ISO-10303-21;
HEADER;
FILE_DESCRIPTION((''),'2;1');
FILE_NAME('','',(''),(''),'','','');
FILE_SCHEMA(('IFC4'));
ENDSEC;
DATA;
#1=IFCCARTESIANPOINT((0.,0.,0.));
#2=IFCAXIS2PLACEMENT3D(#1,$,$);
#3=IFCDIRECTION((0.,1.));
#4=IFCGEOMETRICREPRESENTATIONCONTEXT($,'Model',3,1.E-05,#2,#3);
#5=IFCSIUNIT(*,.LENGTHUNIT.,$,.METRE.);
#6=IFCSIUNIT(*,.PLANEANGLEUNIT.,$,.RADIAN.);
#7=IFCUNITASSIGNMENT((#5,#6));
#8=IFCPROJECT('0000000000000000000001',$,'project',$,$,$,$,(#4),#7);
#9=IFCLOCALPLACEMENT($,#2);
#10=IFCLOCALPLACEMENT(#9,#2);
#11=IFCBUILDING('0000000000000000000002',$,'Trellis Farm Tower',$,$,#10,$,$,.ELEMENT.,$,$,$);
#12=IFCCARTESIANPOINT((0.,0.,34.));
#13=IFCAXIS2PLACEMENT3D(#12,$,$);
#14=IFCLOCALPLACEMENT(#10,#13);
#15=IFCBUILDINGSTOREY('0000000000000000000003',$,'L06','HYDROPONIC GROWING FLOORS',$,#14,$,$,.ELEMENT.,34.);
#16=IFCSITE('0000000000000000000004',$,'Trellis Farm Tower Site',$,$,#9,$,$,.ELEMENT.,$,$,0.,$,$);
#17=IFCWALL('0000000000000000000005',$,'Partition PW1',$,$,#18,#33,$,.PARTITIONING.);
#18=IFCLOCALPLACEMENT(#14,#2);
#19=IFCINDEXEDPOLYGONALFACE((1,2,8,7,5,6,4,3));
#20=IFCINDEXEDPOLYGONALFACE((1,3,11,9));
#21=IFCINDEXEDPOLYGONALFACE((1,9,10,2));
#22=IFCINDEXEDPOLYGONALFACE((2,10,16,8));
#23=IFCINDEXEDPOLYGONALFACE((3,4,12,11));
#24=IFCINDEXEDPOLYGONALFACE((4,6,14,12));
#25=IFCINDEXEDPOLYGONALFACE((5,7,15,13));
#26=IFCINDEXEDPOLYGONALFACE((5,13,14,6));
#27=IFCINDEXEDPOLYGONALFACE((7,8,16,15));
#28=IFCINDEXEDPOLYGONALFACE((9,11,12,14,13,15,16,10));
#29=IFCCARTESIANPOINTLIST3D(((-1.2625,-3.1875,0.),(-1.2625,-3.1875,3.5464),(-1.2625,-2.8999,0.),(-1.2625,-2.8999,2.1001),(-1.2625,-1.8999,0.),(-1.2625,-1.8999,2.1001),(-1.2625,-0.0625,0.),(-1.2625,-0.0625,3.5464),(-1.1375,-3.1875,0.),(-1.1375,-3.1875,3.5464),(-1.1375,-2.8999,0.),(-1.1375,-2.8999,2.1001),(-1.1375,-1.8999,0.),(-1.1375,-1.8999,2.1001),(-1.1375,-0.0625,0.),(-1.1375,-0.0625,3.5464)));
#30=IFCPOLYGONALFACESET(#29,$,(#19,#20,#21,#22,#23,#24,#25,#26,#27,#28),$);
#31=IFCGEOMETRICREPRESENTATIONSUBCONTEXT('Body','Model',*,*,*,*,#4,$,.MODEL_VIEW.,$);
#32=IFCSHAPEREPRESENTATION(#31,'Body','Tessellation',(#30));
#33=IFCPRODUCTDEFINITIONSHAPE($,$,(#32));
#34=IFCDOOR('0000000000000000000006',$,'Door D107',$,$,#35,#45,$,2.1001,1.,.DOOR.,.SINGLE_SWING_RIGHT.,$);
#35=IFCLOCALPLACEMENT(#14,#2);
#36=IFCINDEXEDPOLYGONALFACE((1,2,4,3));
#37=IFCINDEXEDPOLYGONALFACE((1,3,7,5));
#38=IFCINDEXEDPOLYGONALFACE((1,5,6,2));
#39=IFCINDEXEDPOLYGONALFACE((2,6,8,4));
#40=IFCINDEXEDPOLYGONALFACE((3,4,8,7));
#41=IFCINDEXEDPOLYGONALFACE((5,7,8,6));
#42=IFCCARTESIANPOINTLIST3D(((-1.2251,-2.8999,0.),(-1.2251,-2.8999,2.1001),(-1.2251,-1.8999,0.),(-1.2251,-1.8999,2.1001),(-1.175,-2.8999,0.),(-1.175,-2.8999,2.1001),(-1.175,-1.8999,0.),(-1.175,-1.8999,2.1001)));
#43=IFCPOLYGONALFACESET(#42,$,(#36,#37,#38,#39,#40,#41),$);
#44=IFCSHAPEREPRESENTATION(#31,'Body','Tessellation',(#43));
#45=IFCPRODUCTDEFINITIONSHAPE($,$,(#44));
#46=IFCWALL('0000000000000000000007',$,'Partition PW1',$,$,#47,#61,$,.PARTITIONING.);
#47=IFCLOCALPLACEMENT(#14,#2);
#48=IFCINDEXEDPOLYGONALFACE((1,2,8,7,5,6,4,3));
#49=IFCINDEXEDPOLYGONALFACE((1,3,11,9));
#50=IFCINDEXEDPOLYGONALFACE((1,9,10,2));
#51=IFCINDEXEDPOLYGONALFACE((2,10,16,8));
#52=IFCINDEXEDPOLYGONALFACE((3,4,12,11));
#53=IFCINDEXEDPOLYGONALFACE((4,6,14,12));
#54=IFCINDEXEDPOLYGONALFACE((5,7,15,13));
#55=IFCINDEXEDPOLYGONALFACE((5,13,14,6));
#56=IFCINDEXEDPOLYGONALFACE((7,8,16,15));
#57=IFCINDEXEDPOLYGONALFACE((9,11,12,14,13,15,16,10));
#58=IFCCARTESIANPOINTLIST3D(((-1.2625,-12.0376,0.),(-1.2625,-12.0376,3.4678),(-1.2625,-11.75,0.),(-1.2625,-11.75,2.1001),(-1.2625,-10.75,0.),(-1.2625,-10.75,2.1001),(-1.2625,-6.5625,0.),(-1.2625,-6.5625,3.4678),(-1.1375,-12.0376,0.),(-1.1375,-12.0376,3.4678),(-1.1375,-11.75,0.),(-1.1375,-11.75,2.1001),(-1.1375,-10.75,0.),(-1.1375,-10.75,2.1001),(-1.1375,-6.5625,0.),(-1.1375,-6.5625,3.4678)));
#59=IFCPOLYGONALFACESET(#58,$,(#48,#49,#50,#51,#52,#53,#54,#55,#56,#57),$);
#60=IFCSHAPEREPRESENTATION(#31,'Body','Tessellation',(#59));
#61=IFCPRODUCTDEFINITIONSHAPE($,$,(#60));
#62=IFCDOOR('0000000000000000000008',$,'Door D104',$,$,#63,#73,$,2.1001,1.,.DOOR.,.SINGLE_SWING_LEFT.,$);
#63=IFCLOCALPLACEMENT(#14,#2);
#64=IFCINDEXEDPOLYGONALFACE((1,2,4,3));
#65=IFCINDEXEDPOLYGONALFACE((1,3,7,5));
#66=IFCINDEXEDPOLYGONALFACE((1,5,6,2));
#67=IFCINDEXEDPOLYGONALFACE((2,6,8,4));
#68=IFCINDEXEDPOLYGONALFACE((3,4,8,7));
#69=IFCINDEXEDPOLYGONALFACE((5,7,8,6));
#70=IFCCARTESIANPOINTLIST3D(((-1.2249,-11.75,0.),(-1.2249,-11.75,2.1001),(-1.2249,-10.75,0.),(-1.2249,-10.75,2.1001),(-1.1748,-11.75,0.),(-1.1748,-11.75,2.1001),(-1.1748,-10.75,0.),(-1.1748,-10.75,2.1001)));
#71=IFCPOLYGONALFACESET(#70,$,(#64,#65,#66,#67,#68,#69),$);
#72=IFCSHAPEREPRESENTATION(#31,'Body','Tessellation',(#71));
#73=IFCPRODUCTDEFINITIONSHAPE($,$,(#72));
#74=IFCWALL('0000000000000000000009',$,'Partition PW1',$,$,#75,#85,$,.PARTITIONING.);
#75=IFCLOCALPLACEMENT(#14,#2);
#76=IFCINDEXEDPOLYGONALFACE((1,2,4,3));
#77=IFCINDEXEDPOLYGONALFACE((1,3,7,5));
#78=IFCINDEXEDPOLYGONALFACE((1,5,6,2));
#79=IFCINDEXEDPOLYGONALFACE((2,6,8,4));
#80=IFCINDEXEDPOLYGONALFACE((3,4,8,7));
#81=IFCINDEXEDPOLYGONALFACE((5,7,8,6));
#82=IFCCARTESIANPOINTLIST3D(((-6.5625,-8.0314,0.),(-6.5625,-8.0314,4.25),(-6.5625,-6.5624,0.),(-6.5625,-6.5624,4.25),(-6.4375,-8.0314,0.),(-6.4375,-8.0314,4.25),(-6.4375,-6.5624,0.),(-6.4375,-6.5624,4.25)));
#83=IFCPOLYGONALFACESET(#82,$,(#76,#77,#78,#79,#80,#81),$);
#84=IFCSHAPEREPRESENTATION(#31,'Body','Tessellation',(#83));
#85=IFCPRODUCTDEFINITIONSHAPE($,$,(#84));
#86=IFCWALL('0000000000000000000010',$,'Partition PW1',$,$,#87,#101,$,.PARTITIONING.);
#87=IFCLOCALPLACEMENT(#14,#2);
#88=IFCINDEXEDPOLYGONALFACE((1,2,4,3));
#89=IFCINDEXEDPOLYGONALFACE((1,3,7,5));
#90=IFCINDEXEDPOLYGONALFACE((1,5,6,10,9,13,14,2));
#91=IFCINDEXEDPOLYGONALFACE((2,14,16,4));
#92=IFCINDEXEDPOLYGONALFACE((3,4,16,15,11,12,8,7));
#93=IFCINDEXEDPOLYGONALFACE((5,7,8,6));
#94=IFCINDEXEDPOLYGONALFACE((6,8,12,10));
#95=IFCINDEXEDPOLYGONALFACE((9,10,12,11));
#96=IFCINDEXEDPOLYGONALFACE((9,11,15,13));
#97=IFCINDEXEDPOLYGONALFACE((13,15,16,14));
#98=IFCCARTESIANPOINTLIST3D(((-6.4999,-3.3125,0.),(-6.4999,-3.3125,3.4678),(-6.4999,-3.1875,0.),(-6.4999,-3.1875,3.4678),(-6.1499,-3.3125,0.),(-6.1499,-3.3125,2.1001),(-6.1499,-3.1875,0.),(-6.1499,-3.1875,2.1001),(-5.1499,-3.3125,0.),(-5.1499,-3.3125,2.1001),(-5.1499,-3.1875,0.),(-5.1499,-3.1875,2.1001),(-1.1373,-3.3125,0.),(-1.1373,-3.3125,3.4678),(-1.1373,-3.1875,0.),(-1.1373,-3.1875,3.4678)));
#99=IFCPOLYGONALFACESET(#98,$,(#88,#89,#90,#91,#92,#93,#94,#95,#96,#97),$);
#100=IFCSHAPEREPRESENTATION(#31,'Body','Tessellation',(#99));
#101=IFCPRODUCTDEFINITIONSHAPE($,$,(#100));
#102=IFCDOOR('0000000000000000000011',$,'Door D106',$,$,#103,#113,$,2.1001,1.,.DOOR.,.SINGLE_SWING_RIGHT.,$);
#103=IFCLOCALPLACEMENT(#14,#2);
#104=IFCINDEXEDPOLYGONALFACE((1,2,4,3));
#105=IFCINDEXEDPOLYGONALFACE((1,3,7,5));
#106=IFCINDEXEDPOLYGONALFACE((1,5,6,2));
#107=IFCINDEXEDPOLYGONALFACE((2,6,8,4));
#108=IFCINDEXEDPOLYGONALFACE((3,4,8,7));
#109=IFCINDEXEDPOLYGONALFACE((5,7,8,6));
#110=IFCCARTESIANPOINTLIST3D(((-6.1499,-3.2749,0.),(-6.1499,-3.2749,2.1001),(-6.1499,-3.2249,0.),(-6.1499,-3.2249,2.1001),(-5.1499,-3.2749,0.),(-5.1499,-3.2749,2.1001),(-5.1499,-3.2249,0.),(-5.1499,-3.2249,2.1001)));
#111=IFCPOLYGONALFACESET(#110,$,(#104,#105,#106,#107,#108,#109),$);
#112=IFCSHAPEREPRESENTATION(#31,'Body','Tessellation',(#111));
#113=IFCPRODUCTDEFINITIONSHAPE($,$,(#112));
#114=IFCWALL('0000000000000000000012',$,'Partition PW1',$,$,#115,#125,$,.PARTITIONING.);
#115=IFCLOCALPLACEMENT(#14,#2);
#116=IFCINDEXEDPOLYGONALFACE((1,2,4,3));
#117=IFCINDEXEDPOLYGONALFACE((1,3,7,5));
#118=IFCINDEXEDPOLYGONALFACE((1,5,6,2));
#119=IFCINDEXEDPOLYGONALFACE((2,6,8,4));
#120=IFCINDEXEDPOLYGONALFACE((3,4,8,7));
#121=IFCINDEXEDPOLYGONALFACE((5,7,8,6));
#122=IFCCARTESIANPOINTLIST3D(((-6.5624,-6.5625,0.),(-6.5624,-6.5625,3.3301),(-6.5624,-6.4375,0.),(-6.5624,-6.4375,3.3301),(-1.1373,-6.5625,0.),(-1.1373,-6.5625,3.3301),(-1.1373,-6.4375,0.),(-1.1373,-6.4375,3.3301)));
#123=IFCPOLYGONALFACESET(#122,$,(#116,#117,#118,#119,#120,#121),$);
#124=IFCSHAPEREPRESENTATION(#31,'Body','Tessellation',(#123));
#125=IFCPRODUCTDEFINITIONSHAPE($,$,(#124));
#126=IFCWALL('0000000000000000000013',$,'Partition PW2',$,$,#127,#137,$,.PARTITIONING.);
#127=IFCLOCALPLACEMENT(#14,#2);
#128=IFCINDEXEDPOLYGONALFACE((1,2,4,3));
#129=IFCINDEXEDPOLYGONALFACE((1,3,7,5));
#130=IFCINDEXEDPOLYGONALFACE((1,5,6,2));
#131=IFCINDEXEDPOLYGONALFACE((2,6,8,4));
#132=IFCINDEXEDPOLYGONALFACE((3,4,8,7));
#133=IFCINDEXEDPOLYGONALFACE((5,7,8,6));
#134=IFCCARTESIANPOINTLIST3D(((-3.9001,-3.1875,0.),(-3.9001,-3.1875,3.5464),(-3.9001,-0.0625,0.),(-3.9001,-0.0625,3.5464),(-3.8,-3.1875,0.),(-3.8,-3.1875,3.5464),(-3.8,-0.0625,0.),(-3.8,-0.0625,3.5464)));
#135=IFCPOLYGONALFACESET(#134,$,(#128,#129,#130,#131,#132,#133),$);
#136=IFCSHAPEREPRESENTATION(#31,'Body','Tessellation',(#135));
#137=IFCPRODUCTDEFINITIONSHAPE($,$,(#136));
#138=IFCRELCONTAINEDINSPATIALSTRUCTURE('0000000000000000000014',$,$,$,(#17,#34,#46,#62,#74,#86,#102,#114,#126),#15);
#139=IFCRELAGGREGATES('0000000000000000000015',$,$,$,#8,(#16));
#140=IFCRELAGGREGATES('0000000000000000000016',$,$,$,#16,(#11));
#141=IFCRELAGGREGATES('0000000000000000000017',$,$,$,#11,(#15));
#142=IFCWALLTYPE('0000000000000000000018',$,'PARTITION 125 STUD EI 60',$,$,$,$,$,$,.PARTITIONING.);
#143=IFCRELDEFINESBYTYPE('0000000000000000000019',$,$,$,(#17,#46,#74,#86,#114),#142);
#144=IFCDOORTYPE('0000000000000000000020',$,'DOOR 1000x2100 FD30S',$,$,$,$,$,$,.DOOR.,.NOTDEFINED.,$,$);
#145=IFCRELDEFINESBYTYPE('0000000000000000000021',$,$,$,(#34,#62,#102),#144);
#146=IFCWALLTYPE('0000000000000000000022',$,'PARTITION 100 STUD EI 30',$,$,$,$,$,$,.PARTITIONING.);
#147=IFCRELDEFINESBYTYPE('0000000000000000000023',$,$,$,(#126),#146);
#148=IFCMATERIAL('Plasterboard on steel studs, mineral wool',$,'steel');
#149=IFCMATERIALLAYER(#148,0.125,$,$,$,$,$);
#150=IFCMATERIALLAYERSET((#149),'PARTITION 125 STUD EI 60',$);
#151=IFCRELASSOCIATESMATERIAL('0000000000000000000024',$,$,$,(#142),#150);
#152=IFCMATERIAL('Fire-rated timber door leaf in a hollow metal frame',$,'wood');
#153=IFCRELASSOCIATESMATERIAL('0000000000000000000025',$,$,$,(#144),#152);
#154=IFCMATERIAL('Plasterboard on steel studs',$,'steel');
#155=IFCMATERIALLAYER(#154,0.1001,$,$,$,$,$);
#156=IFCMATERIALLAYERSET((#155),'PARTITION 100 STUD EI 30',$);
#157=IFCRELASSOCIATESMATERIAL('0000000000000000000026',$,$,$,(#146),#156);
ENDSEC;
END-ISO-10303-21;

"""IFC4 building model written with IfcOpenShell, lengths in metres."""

from ifc_helpers import new_model, si_unit, direction, frame, frame_2d, origin, place, context, subcontext, project, spatial, rectangle, extrude, source, transform, mapped, material, layer, layer_set, type_object, element, fill, save


model = new_model("IFC4")

# Units and contexts
model_context = context("Model", 3, precision=1e-05, world=origin(), true_north=direction((0.0, 1.0)))
body_context = subcontext(model_context, "Body", "Model", "MODEL_VIEW")
ifc_project = project(units=[si_unit("LENGTHUNIT", "METRE"), si_unit("PLANEANGLEUNIT", "RADIAN")], contexts=[model_context])

# Site, building, storey
site_placement = place(None, origin())
site = spatial("IfcSite", under=ifc_project, at=site_placement, Name="Trellis Farm Tower Site", CompositionType="ELEMENT", RefElevation=0.0)
building_placement = place(site_placement, origin())
building = spatial("IfcBuilding", under=site, at=building_placement, Name="Trellis Farm Tower", CompositionType="ELEMENT")
storey_placement = place(building_placement, frame((0.0, 0.0, 34.0)))
storey = spatial("IfcBuildingStorey", under=building, at=storey_placement, Name="L06", Description="HYDROPONIC GROWING FLOORS", CompositionType="ELEMENT", Elevation=34.0)

# Walls, openings, doors
ifc_material_1 = material(Name="Plasterboard on steel studs, mineral wool", Category="steel")
ifc_layer_1 = layer(ifc_material_1, 0.125)
ifc_layer_set_1 = layer_set([ifc_layer_1], Name="PARTITION 125 STUD EI 60")
wall_type_1 = type_object("IfcWallType", Name="PARTITION 125 STUD EI 60", PredefinedType="PARTITIONING", material=ifc_layer_set_1)
shared_shape_1 = source(origin(), body_context, "Body", "SweptSolid", [
    extrude(rectangle(XDim=3.125, YDim=0.125, at=frame_2d((1.5625, 0.0))), origin(), (0.0, 0.0, 1.0), 3.5464),
])
wall_1_placement = place(storey_placement, frame((-1.2, -0.0625, 0.0), z_axis=(0.0, 0.0, 1.0), x_axis=(0.0, -1.0, 0.0)))
wall_1 = element("IfcWall", 1, at=wall_1_placement, inside=storey, type_object=wall_type_1, Name="Partition PW1", PredefinedType="PARTITIONING", context=body_context, shape_type="MappedRepresentation", body=[
    mapped(shared_shape_1, transform((0.0, 0.0, 0.0))),
])
shared_shape_2 = source(origin(), body_context, "Body", "SweptSolid", [
    extrude(rectangle(XDim=1.0, YDim=2.1001, at=frame_2d((0.5, 1.05))), frame((0.0, 0.0725, 0.0), z_axis=(0.0, -1.0, 0.0), x_axis=(1.0, 0.0, 0.0)), (0.0, 0.0, 1.0), 0.145),
])
opening_1_placement = place(wall_1_placement, frame((1.8374, 0.0, 0.0)))
opening_1 = element("IfcOpeningElement", 2, at=opening_1_placement, cuts=wall_1, PredefinedType="OPENING", context=body_context, shape_type="MappedRepresentation", body=[
    mapped(shared_shape_2, transform((0.0, 0.0, 0.0))),
])
ifc_material_2 = material(Name="Fire-rated timber door leaf in a hollow metal frame", Category="wood")
door_type_1 = type_object("IfcDoorType", Name="DOOR 1000x2100 FD30S", OperationType="NOTDEFINED", PredefinedType="DOOR", material=ifc_material_2)
shared_shape_3 = source(origin(), body_context, "Body", "SweptSolid", [
    extrude(rectangle(XDim=1.0, YDim=2.1001, at=frame_2d((0.5, 1.05))), frame((0.0, 0.0249, 0.0), z_axis=(0.0, -1.0, 0.0), x_axis=(1.0, 0.0, 0.0)), (0.0, 0.0, 1.0), 0.05),
])
door_1_placement = place(opening_1_placement, origin())
door_1 = element("IfcDoor", 3, at=door_1_placement, inside=storey, type_object=door_type_1, Name="Door D107", OperationType="SINGLE_SWING_RIGHT", OverallHeight=2.1001, OverallWidth=1.0, PredefinedType="DOOR", context=body_context, shape_type="MappedRepresentation", body=[
    mapped(shared_shape_3, transform((0.0, 0.0, 0.0))),
])
fill(opening_1, door_1)
shared_shape_4 = source(origin(), body_context, "Body", "SweptSolid", [
    extrude(rectangle(XDim=5.4751, YDim=0.125, at=frame_2d((2.7375, 0.0))), origin(), (0.0, 0.0, 1.0), 3.4678),
])
wall_2_placement = place(storey_placement, frame((-1.2, -12.0376, 0.0), z_axis=(0.0, 0.0, 1.0), x_axis=(0.0, 1.0, 0.0)))
wall_2 = element("IfcWall", 4, at=wall_2_placement, inside=storey, type_object=wall_type_1, Name="Partition PW1", PredefinedType="PARTITIONING", context=body_context, shape_type="MappedRepresentation", body=[
    mapped(shared_shape_4, transform((0.0, 0.0, 0.0))),
])
opening_2_placement = place(wall_2_placement, frame((0.2876, 0.0, 0.0)))
opening_2 = element("IfcOpeningElement", 5, at=opening_2_placement, cuts=wall_2, PredefinedType="OPENING", context=body_context, shape_type="MappedRepresentation", body=[
    mapped(shared_shape_2, transform((0.0, 0.0, 0.0))),
])
door_2_placement = place(opening_2_placement, origin())
door_2 = element("IfcDoor", 6, at=door_2_placement, inside=storey, type_object=door_type_1, Name="Door D104", OperationType="SINGLE_SWING_LEFT", OverallHeight=2.1001, OverallWidth=1.0, PredefinedType="DOOR", context=body_context, shape_type="MappedRepresentation", body=[
    mapped(shared_shape_3, transform((0.0, 0.0, 0.0))),
])
fill(opening_2, door_2)

# Wall
shared_shape_5 = source(origin(), body_context, "Body", "SweptSolid", [
    extrude(rectangle(XDim=1.469, YDim=0.125, at=frame_2d((0.7344, 0.0))), origin(), (0.0, 0.0, 1.0), 4.25),
])
wall_3_placement = place(storey_placement, frame((-6.5, -6.5625, 0.0), z_axis=(0.0, 0.0, 1.0), x_axis=(0.0, -1.0, 0.0)))
element("IfcWall", 7, at=wall_3_placement, inside=storey, type_object=wall_type_1, Name="Partition PW1", PredefinedType="PARTITIONING", context=body_context, shape_type="MappedRepresentation", body=[
    mapped(shared_shape_5, transform((0.0, 0.0, 0.0))),
])

# Wall, opening, door
shared_shape_6 = source(origin(), body_context, "Body", "SweptSolid", [
    extrude(rectangle(XDim=5.3625, YDim=0.125, at=frame_2d((2.6812, 0.0))), origin(), (0.0, 0.0, 1.0), 3.4678),
])
wall_4_placement = place(storey_placement, frame((-1.1375, -3.25, 0.0), z_axis=(0.0, 0.0, 1.0), x_axis=(-1.0, 0.0, 0.0)))
wall_4 = element("IfcWall", 8, at=wall_4_placement, inside=storey, type_object=wall_type_1, Name="Partition PW1", PredefinedType="PARTITIONING", context=body_context, shape_type="MappedRepresentation", body=[
    mapped(shared_shape_6, transform((0.0, 0.0, 0.0))),
])
opening_3_placement = place(wall_4_placement, frame((4.0125, 0.0, 0.0)))
opening_3 = element("IfcOpeningElement", 9, at=opening_3_placement, cuts=wall_4, PredefinedType="OPENING", context=body_context, shape_type="MappedRepresentation", body=[
    mapped(shared_shape_2, transform((0.0, 0.0, 0.0))),
])
door_3_placement = place(opening_3_placement, origin())
door_3 = element("IfcDoor", 10, at=door_3_placement, inside=storey, type_object=door_type_1, Name="Door D106", OperationType="SINGLE_SWING_RIGHT", OverallHeight=2.1001, OverallWidth=1.0, PredefinedType="DOOR", context=body_context, shape_type="MappedRepresentation", body=[
    mapped(shared_shape_3, transform((0.0, 0.0, 0.0))),
])
fill(opening_3, door_3)

# Walls
shared_shape_7 = source(origin(), body_context, "Body", "SweptSolid", [
    extrude(rectangle(XDim=5.425, YDim=0.125, at=frame_2d((2.7124, 0.0))), origin(), (0.0, 0.0, 1.0), 3.3301),
])
wall_5_placement = place(storey_placement, frame((-1.1375, -6.5, 0.0), z_axis=(0.0, 0.0, 1.0), x_axis=(-1.0, 0.0, 0.0)))
element("IfcWall", 11, at=wall_5_placement, inside=storey, type_object=wall_type_1, Name="Partition PW1", PredefinedType="PARTITIONING", context=body_context, shape_type="MappedRepresentation", body=[
    mapped(shared_shape_7, transform((0.0, 0.0, 0.0))),
])
ifc_material_3 = material(Name="Plasterboard on steel studs", Category="steel")
ifc_layer_2 = layer(ifc_material_3, 0.1001)
ifc_layer_set_2 = layer_set([ifc_layer_2], Name="PARTITION 100 STUD EI 30")
wall_type_2 = type_object("IfcWallType", Name="PARTITION 100 STUD EI 30", PredefinedType="PARTITIONING", material=ifc_layer_set_2)
shared_shape_8 = source(origin(), body_context, "Body", "SweptSolid", [
    extrude(rectangle(XDim=3.125, YDim=0.1001, at=frame_2d((1.5625, 0.0))), origin(), (0.0, 0.0, 1.0), 3.5464),
])
wall_6_placement = place(storey_placement, frame((-3.8501, -3.1875, 0.0), z_axis=(0.0, 0.0, 1.0), x_axis=(0.0, 1.0, 0.0)))
element("IfcWall", 12, at=wall_6_placement, inside=storey, type_object=wall_type_2, Name="Partition PW2", PredefinedType="PARTITIONING", context=body_context, shape_type="MappedRepresentation", body=[
    mapped(shared_shape_8, transform((0.0, 0.0, 0.0))),
])

save(model, "model.ifc")
